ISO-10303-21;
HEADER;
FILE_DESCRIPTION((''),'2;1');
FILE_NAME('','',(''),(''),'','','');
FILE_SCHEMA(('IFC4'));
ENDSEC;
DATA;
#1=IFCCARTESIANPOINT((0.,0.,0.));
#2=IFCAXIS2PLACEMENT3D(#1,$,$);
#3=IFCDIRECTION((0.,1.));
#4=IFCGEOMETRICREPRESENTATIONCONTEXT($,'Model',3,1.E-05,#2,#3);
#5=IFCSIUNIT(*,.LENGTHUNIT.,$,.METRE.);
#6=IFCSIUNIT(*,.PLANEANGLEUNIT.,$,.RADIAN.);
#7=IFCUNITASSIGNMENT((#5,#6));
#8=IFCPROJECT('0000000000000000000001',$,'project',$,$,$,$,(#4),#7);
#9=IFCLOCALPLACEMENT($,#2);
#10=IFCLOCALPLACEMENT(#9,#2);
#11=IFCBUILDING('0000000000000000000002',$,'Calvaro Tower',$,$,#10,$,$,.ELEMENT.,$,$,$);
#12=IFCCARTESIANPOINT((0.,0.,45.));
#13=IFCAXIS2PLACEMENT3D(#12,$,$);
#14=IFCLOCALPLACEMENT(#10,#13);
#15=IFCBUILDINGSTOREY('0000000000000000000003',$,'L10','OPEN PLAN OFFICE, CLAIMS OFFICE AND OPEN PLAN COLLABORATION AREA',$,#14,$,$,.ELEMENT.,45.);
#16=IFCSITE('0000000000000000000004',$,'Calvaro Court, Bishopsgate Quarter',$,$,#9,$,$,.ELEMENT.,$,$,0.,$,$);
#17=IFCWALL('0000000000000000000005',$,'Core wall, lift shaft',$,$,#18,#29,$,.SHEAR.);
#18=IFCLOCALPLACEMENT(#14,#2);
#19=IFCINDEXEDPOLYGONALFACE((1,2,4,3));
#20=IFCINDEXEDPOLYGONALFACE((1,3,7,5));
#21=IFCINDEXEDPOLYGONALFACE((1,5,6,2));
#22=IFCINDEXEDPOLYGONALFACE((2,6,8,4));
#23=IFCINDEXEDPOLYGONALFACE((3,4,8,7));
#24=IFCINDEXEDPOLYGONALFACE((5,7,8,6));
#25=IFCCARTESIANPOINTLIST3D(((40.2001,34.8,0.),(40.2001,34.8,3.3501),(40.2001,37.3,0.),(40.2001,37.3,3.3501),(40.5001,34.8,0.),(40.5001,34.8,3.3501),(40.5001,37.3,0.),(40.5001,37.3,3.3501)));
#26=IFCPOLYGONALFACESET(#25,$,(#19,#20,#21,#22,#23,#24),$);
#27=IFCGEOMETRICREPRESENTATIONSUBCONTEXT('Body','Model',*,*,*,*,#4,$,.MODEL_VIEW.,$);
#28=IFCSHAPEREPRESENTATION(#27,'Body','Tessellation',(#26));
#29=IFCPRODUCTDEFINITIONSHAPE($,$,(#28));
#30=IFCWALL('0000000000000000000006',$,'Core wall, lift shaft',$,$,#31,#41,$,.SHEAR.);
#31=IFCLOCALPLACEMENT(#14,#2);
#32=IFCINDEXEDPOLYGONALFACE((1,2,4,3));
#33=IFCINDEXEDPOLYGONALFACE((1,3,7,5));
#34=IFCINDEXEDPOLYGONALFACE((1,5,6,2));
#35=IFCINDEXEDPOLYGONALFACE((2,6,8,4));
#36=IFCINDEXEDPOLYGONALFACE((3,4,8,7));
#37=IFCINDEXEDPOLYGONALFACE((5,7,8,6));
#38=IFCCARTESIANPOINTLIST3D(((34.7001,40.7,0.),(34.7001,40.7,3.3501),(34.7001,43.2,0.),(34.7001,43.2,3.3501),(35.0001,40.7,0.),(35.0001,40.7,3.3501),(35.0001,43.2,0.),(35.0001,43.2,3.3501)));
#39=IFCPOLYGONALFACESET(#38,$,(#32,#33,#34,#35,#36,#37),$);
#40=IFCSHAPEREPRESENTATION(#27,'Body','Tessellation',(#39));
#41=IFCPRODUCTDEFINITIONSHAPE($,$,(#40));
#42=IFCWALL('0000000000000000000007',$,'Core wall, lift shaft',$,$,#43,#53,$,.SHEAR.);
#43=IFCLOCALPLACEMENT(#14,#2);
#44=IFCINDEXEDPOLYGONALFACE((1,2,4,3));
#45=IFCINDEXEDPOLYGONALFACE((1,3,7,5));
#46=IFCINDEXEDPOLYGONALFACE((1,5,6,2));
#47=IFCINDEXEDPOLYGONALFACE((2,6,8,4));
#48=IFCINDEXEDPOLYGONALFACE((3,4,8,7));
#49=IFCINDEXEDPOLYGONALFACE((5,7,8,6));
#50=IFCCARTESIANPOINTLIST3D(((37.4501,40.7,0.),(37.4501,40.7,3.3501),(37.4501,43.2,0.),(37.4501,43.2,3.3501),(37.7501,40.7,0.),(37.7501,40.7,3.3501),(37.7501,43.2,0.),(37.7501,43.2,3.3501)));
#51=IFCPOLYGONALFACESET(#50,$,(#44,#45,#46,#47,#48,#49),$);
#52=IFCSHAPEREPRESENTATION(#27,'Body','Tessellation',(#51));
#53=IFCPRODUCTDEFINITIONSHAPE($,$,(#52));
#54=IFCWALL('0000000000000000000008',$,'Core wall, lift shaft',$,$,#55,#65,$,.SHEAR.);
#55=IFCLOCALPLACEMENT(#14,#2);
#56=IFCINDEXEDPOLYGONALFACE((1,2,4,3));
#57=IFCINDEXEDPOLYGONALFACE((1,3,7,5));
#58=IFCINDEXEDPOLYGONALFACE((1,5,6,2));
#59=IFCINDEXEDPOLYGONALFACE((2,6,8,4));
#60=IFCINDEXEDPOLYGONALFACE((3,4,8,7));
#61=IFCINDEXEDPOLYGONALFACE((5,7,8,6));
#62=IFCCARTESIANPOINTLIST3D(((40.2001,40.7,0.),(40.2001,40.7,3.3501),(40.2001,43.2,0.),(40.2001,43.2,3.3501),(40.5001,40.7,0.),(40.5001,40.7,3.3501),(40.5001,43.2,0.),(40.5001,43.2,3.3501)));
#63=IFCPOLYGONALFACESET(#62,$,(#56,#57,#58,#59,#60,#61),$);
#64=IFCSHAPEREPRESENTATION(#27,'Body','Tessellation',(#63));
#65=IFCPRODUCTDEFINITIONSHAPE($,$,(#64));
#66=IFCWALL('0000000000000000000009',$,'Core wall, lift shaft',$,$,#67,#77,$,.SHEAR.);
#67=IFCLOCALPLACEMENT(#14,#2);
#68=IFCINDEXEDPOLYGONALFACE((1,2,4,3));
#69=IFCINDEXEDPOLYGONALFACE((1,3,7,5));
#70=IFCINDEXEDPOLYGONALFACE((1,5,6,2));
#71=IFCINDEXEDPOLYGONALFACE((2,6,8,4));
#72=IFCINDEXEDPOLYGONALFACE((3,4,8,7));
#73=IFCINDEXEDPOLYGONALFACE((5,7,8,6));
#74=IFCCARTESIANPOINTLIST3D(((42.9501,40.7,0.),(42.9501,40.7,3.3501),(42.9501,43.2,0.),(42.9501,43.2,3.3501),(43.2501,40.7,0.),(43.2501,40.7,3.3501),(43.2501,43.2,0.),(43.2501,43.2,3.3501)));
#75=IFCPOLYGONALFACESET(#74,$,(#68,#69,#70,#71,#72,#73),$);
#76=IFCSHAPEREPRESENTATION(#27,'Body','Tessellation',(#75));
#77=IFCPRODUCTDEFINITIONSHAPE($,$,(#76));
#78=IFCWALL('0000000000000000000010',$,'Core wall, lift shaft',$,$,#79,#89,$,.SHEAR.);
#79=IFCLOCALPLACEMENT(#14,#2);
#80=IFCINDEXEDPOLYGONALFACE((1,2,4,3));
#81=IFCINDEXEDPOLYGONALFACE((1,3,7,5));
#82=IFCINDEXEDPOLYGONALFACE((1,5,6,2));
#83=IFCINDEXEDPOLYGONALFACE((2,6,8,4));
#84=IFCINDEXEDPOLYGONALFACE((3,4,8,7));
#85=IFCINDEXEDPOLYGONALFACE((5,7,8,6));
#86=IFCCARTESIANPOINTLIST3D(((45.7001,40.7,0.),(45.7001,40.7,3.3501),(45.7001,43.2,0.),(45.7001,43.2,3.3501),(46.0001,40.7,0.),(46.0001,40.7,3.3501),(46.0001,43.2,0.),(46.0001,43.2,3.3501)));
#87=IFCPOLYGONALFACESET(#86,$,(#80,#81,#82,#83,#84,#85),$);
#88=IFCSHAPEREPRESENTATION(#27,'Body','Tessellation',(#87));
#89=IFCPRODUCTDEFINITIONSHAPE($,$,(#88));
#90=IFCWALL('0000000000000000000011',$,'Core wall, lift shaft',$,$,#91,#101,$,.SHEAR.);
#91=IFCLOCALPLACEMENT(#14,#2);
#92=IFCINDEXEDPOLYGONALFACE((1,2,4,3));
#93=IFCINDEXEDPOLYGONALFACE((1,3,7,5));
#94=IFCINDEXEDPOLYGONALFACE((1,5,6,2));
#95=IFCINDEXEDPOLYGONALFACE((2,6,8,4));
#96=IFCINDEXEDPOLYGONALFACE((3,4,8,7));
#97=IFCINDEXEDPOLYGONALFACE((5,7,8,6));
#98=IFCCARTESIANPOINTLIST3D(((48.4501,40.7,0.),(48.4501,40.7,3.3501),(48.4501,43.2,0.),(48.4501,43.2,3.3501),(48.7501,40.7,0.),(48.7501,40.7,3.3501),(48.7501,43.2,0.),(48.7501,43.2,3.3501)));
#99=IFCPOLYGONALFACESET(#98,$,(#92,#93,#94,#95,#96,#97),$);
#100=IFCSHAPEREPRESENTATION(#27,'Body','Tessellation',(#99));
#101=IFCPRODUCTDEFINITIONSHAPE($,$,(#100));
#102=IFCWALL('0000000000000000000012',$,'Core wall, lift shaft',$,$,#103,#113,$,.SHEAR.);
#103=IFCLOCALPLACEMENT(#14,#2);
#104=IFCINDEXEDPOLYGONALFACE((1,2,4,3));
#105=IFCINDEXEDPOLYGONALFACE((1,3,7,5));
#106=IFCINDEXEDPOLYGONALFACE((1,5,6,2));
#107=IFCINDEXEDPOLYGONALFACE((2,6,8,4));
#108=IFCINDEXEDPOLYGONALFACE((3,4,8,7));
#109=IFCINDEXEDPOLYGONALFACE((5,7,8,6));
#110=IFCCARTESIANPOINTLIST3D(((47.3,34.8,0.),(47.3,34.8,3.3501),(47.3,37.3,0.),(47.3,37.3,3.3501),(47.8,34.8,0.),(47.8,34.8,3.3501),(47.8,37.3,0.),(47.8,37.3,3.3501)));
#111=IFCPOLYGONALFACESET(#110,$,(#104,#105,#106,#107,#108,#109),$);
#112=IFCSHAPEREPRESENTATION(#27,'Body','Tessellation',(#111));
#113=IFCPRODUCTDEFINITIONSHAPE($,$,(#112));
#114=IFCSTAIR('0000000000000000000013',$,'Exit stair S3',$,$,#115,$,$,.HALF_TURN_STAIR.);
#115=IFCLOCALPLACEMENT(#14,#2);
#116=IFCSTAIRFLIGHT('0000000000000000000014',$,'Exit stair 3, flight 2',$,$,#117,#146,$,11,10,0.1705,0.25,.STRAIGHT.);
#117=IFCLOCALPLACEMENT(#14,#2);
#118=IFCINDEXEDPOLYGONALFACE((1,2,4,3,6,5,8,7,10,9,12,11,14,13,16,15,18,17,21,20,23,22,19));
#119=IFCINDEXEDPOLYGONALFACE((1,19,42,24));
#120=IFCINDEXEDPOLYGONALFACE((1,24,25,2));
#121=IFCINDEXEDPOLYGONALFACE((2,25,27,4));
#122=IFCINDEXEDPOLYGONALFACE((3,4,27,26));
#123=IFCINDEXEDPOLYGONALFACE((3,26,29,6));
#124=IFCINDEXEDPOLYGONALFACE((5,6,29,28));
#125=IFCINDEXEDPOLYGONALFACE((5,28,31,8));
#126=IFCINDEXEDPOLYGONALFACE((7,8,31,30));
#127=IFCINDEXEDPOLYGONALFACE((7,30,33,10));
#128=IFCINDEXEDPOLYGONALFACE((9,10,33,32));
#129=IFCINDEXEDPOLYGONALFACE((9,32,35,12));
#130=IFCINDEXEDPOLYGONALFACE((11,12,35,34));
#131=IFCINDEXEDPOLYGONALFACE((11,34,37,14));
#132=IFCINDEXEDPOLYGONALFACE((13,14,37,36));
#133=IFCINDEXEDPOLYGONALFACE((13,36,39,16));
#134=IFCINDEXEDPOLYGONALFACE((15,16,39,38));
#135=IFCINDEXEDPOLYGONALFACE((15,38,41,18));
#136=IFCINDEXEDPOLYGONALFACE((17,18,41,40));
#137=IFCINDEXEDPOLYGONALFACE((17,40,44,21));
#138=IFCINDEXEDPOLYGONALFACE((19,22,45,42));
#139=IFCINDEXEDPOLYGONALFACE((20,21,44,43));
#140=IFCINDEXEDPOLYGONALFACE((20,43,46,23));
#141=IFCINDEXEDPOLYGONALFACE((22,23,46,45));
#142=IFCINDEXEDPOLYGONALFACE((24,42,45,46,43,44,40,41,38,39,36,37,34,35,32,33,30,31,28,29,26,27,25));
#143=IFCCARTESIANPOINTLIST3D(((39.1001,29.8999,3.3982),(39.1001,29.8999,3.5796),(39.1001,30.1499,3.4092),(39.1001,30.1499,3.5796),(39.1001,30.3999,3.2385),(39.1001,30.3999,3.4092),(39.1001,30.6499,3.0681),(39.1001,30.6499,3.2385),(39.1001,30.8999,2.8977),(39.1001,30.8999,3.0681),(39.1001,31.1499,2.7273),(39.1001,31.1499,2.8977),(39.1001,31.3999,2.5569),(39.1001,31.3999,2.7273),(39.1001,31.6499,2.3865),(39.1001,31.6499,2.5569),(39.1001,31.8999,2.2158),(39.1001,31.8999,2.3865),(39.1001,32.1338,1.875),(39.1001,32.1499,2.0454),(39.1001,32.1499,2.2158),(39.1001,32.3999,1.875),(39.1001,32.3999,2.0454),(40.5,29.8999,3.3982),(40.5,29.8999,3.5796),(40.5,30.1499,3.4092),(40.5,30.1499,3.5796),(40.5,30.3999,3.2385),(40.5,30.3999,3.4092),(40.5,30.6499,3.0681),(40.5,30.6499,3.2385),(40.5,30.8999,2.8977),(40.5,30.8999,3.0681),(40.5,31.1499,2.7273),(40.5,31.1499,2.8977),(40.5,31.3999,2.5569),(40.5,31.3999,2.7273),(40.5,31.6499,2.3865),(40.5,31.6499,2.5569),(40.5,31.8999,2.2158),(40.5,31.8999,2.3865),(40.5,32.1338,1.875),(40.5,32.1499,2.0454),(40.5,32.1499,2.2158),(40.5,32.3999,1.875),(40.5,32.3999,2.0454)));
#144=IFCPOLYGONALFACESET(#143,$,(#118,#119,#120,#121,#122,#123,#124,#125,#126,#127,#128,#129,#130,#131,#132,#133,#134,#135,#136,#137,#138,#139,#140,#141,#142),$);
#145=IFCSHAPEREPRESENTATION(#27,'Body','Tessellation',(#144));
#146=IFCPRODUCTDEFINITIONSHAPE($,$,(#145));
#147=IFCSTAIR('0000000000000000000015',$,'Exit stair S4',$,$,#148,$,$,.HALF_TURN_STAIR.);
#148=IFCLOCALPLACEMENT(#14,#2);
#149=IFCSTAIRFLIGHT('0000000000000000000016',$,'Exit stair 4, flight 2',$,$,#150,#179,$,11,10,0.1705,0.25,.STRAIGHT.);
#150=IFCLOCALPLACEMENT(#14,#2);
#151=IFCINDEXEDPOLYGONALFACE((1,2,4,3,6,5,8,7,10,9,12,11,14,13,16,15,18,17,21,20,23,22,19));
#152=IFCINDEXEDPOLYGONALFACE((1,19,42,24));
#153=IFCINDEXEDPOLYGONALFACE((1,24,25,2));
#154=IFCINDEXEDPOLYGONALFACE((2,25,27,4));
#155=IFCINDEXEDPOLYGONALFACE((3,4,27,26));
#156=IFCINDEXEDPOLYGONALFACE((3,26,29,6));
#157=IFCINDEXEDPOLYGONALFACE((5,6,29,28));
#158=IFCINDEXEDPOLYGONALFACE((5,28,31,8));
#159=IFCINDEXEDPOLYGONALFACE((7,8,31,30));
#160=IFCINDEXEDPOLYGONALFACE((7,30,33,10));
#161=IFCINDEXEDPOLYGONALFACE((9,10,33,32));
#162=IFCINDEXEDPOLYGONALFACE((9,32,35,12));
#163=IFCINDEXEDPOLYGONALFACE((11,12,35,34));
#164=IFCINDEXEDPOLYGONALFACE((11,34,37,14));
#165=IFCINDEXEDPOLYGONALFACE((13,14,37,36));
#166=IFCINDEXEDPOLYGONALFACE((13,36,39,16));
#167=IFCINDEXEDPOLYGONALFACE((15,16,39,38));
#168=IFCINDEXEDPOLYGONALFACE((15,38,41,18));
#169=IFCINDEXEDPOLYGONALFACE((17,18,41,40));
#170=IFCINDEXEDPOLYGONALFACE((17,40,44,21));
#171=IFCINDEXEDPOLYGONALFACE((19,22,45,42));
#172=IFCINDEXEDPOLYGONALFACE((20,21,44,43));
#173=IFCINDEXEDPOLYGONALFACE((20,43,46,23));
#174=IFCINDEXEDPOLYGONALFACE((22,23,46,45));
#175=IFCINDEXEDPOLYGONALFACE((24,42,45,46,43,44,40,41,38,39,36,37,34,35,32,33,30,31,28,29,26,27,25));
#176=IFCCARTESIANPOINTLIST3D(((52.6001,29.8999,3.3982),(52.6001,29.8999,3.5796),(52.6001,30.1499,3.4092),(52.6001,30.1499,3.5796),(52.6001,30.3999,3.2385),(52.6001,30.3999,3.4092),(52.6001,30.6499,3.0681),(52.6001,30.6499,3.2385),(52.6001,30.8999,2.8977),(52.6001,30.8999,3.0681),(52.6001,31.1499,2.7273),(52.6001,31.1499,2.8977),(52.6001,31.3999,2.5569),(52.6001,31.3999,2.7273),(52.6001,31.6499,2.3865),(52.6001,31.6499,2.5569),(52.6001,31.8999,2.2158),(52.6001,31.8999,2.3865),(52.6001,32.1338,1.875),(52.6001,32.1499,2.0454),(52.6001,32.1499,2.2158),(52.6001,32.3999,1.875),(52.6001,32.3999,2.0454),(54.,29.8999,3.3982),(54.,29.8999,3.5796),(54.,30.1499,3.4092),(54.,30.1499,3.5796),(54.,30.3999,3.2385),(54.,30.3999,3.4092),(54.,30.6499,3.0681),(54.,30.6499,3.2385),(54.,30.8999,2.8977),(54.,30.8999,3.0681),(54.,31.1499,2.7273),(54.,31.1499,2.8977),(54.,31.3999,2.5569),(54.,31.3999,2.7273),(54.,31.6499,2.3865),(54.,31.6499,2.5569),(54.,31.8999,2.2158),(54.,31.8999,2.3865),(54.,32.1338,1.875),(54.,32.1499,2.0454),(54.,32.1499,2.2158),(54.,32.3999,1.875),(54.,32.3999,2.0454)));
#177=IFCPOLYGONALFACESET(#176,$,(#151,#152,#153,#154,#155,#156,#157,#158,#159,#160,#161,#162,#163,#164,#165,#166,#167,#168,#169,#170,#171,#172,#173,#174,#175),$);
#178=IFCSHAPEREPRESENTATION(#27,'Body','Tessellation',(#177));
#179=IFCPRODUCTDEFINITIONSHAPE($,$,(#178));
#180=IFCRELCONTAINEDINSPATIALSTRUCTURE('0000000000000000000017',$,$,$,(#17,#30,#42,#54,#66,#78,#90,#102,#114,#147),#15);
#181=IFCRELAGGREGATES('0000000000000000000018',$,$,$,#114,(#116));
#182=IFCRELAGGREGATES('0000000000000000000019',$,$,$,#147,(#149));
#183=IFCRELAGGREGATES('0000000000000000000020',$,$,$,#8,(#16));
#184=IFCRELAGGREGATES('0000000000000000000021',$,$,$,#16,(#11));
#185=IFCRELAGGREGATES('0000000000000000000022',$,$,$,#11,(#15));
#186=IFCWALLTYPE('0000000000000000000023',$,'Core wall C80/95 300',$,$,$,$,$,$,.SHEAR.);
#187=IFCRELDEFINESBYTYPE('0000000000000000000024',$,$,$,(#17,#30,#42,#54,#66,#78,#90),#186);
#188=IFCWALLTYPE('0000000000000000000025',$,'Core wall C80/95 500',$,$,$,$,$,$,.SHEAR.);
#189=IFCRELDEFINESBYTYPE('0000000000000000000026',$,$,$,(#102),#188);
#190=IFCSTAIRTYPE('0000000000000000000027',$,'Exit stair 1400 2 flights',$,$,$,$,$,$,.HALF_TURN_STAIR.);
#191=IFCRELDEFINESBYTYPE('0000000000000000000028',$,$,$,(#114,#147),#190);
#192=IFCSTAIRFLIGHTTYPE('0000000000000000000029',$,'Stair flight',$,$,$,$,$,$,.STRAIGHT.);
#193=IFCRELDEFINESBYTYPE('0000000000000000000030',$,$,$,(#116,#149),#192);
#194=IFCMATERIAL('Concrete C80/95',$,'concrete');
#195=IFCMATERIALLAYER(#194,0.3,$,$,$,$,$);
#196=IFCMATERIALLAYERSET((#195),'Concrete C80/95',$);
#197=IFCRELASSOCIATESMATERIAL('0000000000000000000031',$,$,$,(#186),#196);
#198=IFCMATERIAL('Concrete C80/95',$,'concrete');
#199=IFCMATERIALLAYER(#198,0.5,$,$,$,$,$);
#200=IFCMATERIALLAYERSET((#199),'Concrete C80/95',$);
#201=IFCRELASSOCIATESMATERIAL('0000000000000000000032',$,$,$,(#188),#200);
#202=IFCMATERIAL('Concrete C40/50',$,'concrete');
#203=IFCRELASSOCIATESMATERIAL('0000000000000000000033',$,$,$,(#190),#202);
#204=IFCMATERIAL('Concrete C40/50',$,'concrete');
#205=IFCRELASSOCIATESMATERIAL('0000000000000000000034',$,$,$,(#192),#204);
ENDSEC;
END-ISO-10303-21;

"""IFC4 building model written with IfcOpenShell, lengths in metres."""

from ifc_helpers import new_model, si_unit, direction, frame, frame_2d, origin, place, context, subcontext, project, spatial, polyline, rectangle, outline, extrude, material, layer, layer_set, type_object, element, aggregate, save


model = new_model("IFC4")

# Units and contexts
model_context = context("Model", 3, precision=1e-05, world=origin(), true_north=direction((0.0, 1.0)))
body_context = subcontext(model_context, "Body", "Model", "MODEL_VIEW")
ifc_project = project(units=[si_unit("LENGTHUNIT", "METRE"), si_unit("PLANEANGLEUNIT", "RADIAN")], contexts=[model_context])

# Site, building, storey
site_placement = place(None, origin())
site = spatial("IfcSite", under=ifc_project, at=site_placement, Name="Calvaro Court, Bishopsgate Quarter", CompositionType="ELEMENT", RefElevation=0.0)
building_placement = place(site_placement, origin())
building = spatial("IfcBuilding", under=site, at=building_placement, Name="Calvaro Tower", CompositionType="ELEMENT")
storey_placement = place(building_placement, frame((0.0, 0.0, 45.0)))
storey = spatial("IfcBuildingStorey", under=building, at=storey_placement, Name="L10", Description="OPEN PLAN OFFICE, CLAIMS OFFICE AND OPEN PLAN COLLABORATION AREA", CompositionType="ELEMENT", Elevation=45.0)

# Shared definitions
ifc_material_1 = material(Name="Concrete C80/95", Category="concrete")
ifc_layer_1 = layer(ifc_material_1, 0.3)
ifc_layer_set_1 = layer_set([ifc_layer_1], Name="Concrete C80/95")
wall_type_1 = type_object("IfcWallType", Name="Core wall C80/95 300", PredefinedType="SHEAR", material=ifc_layer_set_1)

# Walls
for number, where, z_axis, x_axis, name in (
    (1, (40.3501, 34.8, 0.0), (0.0, 0.0, 1.0), (0.0, 1.0, 0.0), "Core wall, lift shaft"),
    (2, (34.8501, 40.7, 0.0), (0.0, 0.0, 1.0), (0.0, 1.0, 0.0), "Core wall, lift shaft"),
    (3, (37.6001, 40.7, 0.0), (0.0, 0.0, 1.0), (0.0, 1.0, 0.0), "Core wall, lift shaft"),
    (4, (40.3501, 40.7, 0.0), (0.0, 0.0, 1.0), (0.0, 1.0, 0.0), "Core wall, lift shaft"),
    (5, (43.1001, 40.7, 0.0), (0.0, 0.0, 1.0), (0.0, 1.0, 0.0), "Core wall, lift shaft"),
    (6, (45.8501, 40.7, 0.0), (0.0, 0.0, 1.0), (0.0, 1.0, 0.0), "Core wall, lift shaft"),
    (7, (48.6001, 40.7, 0.0), (0.0, 0.0, 1.0), (0.0, 1.0, 0.0), "Core wall, lift shaft"),
):
    element("IfcWall", number, at=place(storey_placement, frame(where, z_axis=z_axis, x_axis=x_axis)), inside=storey, type_object=wall_type_1, Name=name, PredefinedType="SHEAR", context=body_context, shape_type="SweptSolid", body=[
        extrude(rectangle(XDim=2.5, YDim=0.3, at=frame_2d((1.25, 0.0))), origin(), (0.0, 0.0, 1.0), 3.3501),
    ])
ifc_material_2 = material(Name="Concrete C80/95", Category="concrete")
ifc_layer_2 = layer(ifc_material_2, 0.5)
ifc_layer_set_2 = layer_set([ifc_layer_2], Name="Concrete C80/95")
wall_type_2 = type_object("IfcWallType", Name="Core wall C80/95 500", PredefinedType="SHEAR", material=ifc_layer_set_2)
wall_1_placement = place(storey_placement, frame((47.55, 34.8, 0.0), z_axis=(0.0, 0.0, 1.0), x_axis=(0.0, 1.0, 0.0)))
element("IfcWall", 8, at=wall_1_placement, inside=storey, type_object=wall_type_2, Name="Core wall, lift shaft", PredefinedType="SHEAR", context=body_context, shape_type="SweptSolid", body=[
    extrude(rectangle(XDim=2.5, YDim=0.5, at=frame_2d((1.25, 0.0))), origin(), (0.0, 0.0, 1.0), 3.3501),
])

# Stairs, stair flights
ifc_material_3 = material(Name="Concrete C40/50", Category="concrete")
stair_type = type_object("IfcStairType", Name="Exit stair 1400 2 flights", PredefinedType="HALF_TURN_STAIR", material=ifc_material_3)
stair_1_placement = place(storey_placement, origin())
stair_1 = element("IfcStair", 9, at=stair_1_placement, inside=storey, type_object=stair_type, Name="Exit stair S3", PredefinedType="HALF_TURN_STAIR")
ifc_material_4 = material(Name="Concrete C40/50", Category="concrete")
stair_flight_type = type_object("IfcStairFlightType", Name="Stair flight", PredefinedType="STRAIGHT", material=ifc_material_4)
stair_flight_1_placement = place(storey_placement, frame((39.8, 32.3999, 1.875), z_axis=(0.0, 0.0, 1.0), x_axis=(0.0, -1.0, 0.0)))
stair_flight_1 = element("IfcStairFlight", 10, at=stair_flight_1_placement, type_object=stair_flight_type, Name="Exit stair 3, flight 2", NumberOfRisers=11, NumberOfTreads=10, PredefinedType="STRAIGHT", RiserHeight=0.1705, TreadLength=0.25, context=body_context, shape_type="SweptSolid", body=[
    extrude(outline(polyline([(0.0, 0.0), (0.0, 0.1704), (0.25, 0.1704), (0.25, 0.3408), (0.5, 0.3408), (0.5, 0.5115), (0.75, 0.5115), (0.75, 0.6819), (1.0, 0.6819), (1.0, 0.8523), (1.25, 0.8523), (1.25, 1.0227), (1.5, 1.0227), (1.5, 1.1931), (1.75, 1.1931), (1.75, 1.3635), (2.0, 1.3635), (2.0, 1.5342), (2.25, 1.5342), (2.25, 1.7046), (2.5, 1.7046), (2.5, 1.875), (2.5, 1.5232), (0.2661, 0.0), (0.0, 0.0)])), frame((0.0, 0.7, 0.0), z_axis=(0.0, -1.0, 0.0), x_axis=(1.0, 0.0, 0.0)), (0.0, 0.0, 1.0), 1.3999),
])
stair_2_placement = place(storey_placement, origin())
stair_2 = element("IfcStair", 11, at=stair_2_placement, inside=storey, type_object=stair_type, Name="Exit stair S4", PredefinedType="HALF_TURN_STAIR")
stair_flight_2_placement = place(storey_placement, frame((53.3, 32.3999, 1.875), z_axis=(0.0, 0.0, 1.0), x_axis=(0.0, -1.0, 0.0)))
stair_flight_2 = element("IfcStairFlight", 12, at=stair_flight_2_placement, type_object=stair_flight_type, Name="Exit stair 4, flight 2", NumberOfRisers=11, NumberOfTreads=10, PredefinedType="STRAIGHT", RiserHeight=0.1705, TreadLength=0.25, context=body_context, shape_type="SweptSolid", body=[
    extrude(outline(polyline([(0.0, 0.0), (0.0, 0.1704), (0.25, 0.1704), (0.25, 0.3408), (0.5, 0.3408), (0.5, 0.5115), (0.75, 0.5115), (0.75, 0.6819), (1.0, 0.6819), (1.0, 0.8523), (1.25, 0.8523), (1.25, 1.0227), (1.5, 1.0227), (1.5, 1.1931), (1.75, 1.1931), (1.75, 1.3635), (2.0, 1.3635), (2.0, 1.5342), (2.25, 1.5342), (2.25, 1.7046), (2.5, 1.7046), (2.5, 1.875), (2.5, 1.5232), (0.2661, 0.0), (0.0, 0.0)])), frame((0.0, 0.7, 0.0), z_axis=(0.0, -1.0, 0.0), x_axis=(1.0, 0.0, 0.0)), (0.0, 0.0, 1.0), 1.3999),
])

aggregate(stair_1, [stair_flight_1])
aggregate(stair_2, [stair_flight_2])

save(model, "model.ifc")
